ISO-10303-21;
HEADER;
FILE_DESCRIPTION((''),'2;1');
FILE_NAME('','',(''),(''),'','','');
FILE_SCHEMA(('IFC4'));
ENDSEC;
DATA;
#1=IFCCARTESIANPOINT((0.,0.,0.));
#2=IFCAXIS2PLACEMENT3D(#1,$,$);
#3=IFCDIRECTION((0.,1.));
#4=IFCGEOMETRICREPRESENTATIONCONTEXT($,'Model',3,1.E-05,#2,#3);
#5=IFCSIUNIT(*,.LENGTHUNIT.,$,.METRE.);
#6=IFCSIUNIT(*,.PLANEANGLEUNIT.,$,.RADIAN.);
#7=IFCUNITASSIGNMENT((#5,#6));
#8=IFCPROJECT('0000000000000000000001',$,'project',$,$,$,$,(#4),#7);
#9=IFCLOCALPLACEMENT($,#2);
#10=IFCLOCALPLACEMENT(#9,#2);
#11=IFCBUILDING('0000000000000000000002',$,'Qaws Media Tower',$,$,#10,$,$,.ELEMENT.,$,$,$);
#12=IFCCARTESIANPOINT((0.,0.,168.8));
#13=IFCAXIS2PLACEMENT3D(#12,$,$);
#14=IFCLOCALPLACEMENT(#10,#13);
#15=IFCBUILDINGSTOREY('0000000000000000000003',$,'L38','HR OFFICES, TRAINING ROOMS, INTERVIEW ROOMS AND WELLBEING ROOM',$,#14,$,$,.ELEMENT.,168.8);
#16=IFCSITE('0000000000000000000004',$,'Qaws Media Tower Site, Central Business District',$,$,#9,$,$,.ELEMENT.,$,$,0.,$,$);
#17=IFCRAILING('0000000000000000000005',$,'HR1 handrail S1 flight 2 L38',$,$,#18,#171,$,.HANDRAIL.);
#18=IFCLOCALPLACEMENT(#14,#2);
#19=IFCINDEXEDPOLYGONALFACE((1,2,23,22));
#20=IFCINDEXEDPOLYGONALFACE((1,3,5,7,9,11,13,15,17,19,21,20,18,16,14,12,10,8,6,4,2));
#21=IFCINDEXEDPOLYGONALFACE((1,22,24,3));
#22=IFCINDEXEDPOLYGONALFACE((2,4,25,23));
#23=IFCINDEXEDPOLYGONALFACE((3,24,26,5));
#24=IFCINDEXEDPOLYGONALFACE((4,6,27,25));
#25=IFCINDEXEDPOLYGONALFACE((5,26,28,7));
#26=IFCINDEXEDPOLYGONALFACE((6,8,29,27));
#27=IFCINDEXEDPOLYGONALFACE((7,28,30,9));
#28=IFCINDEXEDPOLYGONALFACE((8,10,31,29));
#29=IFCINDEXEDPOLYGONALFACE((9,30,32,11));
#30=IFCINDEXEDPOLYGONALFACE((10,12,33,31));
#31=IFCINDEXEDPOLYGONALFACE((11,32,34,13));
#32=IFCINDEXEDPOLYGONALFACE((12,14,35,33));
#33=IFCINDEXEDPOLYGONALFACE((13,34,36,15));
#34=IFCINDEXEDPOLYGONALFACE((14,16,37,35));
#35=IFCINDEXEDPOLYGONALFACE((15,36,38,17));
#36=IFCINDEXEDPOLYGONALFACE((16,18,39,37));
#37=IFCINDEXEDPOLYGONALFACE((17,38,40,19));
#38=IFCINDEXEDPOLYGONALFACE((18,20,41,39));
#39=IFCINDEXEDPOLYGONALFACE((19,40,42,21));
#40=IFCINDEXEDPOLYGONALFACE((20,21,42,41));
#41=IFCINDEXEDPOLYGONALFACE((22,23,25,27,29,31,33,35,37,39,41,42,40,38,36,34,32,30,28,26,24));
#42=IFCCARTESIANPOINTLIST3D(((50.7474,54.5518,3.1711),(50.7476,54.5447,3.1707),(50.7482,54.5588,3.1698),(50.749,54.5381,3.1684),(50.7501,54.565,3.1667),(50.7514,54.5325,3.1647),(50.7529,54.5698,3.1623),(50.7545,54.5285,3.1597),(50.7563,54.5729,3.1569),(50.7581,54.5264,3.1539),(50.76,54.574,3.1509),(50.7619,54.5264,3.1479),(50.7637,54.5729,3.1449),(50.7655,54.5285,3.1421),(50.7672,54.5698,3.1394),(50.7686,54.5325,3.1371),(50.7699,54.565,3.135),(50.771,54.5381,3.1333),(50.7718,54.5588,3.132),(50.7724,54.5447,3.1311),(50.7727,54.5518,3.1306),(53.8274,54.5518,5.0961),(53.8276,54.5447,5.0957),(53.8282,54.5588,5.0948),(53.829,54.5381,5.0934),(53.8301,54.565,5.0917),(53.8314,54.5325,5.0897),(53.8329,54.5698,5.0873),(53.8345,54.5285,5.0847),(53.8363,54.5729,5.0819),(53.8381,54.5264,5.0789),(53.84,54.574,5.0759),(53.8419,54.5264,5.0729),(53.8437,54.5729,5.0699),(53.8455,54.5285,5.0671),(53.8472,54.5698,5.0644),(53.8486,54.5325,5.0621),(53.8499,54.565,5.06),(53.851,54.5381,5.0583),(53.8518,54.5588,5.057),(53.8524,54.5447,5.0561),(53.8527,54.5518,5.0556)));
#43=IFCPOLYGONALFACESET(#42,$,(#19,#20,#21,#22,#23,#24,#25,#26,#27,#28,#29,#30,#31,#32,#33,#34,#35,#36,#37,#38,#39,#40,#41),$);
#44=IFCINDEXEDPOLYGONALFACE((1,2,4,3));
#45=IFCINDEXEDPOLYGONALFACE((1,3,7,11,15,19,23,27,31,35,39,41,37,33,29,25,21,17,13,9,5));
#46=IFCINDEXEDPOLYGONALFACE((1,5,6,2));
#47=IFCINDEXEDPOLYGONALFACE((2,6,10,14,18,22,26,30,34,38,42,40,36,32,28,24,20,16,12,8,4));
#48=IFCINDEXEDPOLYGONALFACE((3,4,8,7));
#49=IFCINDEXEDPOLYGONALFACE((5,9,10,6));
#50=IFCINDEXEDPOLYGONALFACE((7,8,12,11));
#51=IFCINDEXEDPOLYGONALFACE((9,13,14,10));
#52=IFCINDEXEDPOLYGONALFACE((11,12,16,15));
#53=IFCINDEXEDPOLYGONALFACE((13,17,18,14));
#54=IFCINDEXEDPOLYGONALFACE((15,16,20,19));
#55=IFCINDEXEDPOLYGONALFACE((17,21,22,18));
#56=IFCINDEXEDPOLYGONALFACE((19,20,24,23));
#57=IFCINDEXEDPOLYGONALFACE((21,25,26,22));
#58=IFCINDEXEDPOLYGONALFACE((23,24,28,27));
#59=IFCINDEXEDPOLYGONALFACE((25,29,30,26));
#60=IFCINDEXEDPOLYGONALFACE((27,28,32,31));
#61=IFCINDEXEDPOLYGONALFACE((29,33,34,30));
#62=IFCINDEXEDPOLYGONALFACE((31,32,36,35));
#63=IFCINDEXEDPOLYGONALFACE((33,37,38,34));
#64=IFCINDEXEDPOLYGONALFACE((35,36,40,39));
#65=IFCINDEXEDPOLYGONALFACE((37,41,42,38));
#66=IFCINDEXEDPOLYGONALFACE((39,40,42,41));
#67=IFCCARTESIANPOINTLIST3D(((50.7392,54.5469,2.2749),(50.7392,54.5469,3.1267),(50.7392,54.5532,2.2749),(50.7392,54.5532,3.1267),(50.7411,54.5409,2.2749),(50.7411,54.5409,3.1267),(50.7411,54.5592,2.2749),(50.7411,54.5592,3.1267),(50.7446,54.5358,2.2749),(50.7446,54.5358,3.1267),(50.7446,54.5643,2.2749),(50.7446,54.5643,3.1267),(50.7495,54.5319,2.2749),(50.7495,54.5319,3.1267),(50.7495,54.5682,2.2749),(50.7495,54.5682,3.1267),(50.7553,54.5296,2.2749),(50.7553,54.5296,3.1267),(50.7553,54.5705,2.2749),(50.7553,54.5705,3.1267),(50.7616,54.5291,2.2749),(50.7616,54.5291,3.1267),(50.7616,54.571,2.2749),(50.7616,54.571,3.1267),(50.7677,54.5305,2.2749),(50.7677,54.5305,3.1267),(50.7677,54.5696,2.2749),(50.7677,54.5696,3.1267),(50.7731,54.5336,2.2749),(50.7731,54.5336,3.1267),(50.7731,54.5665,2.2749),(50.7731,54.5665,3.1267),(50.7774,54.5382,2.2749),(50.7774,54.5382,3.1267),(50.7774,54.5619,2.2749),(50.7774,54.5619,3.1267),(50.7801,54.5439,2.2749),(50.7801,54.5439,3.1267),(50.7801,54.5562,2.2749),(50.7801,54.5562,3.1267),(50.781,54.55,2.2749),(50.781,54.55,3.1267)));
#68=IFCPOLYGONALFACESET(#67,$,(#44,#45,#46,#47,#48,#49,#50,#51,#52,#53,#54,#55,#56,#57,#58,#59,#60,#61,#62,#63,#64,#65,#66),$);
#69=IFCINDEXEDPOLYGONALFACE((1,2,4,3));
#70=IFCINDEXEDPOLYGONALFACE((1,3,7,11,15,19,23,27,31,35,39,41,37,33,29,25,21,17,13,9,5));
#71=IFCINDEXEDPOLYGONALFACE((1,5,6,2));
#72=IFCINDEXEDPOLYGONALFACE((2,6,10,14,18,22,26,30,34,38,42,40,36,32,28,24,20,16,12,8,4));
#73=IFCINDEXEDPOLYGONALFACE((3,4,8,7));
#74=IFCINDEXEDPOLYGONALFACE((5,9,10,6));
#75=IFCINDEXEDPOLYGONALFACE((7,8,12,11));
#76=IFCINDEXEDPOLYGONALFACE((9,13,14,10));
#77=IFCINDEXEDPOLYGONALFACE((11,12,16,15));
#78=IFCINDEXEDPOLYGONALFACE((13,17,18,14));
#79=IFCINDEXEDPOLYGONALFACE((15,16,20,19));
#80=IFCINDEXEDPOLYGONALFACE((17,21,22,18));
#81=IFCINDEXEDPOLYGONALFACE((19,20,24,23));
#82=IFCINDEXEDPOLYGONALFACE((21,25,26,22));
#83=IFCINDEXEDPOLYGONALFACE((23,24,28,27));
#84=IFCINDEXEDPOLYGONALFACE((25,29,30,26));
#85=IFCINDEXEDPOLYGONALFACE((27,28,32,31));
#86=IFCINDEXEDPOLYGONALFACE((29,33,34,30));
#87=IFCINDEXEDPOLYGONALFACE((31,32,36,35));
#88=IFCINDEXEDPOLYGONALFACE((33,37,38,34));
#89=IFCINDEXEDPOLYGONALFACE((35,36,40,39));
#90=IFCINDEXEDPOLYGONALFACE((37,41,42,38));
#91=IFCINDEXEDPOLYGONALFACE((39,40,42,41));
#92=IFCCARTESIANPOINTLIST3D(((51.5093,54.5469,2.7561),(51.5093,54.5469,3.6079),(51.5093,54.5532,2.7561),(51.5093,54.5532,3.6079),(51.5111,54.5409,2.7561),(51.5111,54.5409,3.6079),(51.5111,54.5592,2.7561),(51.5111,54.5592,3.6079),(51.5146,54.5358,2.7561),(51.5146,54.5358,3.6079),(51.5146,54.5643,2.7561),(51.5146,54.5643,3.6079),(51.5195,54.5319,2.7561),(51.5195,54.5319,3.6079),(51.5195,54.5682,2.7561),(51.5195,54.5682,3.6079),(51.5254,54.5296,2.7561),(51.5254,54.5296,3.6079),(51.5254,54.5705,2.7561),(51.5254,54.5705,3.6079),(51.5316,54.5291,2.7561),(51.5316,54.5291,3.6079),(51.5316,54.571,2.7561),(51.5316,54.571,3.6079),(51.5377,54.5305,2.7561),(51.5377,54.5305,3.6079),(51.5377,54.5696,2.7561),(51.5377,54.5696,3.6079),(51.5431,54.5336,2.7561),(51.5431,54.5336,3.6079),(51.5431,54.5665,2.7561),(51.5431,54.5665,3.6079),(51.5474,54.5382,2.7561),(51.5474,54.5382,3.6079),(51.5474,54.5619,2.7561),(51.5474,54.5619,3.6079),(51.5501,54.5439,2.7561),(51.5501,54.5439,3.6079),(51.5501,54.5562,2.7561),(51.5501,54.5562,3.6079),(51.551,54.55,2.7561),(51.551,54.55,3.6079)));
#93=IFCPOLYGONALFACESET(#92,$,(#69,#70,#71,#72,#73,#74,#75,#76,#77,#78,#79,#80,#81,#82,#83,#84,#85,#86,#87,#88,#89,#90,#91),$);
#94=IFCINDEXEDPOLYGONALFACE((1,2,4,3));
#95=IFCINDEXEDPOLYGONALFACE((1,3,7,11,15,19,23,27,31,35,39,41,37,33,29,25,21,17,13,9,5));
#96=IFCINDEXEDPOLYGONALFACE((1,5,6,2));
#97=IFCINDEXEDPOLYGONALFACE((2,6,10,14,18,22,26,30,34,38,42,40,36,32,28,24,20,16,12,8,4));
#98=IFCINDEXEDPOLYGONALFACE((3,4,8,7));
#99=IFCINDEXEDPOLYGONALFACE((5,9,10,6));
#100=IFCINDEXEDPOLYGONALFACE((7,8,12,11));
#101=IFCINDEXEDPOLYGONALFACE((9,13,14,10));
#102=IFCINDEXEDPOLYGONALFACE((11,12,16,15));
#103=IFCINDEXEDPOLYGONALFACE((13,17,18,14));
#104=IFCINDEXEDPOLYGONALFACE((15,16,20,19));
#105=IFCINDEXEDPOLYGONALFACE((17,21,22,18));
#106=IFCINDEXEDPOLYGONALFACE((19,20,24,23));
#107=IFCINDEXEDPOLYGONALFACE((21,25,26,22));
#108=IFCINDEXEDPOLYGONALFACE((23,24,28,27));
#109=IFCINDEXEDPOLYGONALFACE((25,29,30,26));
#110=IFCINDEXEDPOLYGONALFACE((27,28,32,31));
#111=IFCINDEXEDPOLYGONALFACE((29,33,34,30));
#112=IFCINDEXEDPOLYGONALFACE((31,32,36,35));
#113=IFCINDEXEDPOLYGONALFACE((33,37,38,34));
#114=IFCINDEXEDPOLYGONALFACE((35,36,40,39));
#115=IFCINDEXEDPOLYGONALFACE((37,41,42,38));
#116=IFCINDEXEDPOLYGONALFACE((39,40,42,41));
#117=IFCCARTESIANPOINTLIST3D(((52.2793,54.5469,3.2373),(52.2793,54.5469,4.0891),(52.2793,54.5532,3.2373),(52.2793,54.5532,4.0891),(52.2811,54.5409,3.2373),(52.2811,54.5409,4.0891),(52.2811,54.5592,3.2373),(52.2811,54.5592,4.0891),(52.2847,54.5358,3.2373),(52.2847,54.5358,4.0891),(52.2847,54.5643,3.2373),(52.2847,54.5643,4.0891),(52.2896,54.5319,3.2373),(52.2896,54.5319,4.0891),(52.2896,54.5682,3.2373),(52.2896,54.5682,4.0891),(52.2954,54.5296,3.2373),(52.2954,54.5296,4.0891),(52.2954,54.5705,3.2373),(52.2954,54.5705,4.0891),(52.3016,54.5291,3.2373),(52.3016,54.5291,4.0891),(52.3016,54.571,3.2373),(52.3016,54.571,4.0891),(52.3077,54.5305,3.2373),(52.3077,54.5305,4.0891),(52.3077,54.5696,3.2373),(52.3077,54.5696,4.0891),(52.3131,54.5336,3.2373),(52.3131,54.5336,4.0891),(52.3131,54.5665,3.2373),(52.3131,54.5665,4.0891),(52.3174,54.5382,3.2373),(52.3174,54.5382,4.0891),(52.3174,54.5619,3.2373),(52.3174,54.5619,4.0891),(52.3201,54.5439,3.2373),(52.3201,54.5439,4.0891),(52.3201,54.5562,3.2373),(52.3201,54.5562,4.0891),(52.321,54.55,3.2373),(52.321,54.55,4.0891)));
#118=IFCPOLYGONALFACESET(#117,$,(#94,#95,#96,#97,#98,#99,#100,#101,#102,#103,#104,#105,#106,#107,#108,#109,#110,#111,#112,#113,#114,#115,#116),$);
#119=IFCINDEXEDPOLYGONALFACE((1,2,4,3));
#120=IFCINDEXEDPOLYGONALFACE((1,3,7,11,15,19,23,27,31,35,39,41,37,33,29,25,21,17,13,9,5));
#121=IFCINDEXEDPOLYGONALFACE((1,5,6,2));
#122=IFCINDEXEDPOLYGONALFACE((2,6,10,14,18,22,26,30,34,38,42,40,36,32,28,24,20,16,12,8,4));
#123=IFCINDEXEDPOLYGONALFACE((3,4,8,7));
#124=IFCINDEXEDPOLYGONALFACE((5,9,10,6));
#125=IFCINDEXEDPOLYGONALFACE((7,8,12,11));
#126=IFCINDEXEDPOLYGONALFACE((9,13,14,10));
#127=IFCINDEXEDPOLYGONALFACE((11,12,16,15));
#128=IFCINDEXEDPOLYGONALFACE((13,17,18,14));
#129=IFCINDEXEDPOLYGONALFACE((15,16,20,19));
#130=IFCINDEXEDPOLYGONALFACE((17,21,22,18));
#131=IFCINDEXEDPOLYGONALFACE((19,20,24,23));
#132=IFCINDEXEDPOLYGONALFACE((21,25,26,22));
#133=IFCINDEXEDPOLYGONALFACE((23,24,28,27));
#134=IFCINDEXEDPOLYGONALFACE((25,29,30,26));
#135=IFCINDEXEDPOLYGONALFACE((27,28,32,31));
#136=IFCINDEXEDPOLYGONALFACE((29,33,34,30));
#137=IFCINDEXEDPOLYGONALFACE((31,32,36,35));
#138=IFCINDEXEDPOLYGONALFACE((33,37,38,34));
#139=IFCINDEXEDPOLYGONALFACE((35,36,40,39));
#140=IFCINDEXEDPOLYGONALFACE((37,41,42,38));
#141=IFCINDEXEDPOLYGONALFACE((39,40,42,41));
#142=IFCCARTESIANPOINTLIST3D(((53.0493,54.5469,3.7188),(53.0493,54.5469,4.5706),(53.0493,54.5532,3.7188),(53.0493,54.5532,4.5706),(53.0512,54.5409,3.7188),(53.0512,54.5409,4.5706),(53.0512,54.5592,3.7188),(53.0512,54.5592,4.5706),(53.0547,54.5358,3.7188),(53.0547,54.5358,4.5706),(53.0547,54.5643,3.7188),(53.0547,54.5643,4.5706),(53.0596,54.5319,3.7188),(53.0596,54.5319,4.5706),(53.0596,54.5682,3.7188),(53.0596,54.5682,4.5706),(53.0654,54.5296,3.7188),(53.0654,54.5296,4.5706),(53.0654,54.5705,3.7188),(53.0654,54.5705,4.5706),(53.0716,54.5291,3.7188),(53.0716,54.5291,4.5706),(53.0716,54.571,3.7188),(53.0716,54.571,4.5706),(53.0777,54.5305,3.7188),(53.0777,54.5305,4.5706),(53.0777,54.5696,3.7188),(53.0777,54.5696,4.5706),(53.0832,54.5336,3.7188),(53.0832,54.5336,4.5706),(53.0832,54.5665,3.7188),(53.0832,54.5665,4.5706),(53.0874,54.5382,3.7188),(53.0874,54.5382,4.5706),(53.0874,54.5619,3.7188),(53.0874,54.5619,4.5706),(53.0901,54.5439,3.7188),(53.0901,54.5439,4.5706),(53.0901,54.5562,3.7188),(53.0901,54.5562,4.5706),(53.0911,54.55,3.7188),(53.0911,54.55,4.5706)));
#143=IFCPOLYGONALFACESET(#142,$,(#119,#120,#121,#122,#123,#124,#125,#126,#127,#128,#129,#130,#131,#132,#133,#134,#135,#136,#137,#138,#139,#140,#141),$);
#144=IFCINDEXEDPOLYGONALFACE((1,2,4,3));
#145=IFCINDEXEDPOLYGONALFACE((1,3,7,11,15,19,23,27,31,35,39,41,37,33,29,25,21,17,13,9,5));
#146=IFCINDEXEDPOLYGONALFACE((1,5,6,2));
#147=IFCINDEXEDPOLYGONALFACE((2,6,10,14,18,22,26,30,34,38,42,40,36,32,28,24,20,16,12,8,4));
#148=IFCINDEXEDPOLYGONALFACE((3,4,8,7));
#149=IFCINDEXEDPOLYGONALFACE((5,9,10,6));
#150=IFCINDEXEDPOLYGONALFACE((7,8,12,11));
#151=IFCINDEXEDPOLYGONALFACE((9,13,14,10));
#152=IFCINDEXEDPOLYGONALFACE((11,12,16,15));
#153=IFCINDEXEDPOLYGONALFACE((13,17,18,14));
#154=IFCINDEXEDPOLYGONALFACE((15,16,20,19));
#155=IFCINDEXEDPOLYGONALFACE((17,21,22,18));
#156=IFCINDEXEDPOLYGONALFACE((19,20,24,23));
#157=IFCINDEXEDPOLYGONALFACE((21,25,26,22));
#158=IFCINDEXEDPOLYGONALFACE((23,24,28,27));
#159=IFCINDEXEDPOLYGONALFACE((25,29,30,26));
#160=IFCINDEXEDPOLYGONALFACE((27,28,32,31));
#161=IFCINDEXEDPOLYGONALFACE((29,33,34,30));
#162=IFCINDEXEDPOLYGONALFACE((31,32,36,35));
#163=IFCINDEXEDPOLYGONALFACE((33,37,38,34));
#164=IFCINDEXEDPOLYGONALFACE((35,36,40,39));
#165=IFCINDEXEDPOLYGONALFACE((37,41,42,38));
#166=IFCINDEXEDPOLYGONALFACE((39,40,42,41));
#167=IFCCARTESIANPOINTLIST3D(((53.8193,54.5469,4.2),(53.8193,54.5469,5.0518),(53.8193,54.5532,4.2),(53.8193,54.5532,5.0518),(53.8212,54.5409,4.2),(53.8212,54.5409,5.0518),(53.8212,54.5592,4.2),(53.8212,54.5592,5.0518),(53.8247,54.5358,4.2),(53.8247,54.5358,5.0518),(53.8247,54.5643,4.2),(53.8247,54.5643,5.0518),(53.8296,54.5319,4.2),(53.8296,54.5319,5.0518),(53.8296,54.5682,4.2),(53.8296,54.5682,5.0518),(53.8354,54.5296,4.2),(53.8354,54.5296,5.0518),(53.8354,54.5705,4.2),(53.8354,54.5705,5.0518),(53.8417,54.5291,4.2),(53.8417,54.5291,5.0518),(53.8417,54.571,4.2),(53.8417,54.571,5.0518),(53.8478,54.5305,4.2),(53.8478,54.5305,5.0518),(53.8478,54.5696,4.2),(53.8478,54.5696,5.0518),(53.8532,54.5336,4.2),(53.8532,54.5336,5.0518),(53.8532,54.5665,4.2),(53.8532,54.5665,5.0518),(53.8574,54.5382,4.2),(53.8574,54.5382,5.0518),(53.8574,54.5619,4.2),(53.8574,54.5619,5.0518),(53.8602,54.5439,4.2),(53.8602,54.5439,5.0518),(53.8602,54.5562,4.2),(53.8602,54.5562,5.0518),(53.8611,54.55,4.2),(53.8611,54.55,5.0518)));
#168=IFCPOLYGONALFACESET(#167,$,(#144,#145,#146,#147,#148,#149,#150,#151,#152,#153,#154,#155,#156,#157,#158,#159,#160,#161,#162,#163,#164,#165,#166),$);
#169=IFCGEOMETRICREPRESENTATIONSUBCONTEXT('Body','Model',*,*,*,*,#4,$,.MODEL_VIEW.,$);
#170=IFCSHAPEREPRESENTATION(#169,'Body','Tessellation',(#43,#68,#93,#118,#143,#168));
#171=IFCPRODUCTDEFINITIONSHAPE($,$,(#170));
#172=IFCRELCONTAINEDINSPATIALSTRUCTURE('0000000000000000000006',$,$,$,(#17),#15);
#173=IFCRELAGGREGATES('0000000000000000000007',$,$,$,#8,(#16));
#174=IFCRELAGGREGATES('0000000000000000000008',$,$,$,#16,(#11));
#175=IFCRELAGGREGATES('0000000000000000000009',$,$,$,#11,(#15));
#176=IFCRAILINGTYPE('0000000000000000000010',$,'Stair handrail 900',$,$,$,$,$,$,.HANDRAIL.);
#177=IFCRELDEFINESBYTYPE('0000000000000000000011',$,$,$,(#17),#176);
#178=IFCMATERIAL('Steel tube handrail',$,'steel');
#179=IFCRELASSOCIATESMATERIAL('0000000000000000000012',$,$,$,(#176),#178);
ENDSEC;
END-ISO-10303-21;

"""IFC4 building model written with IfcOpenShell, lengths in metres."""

from ifc_helpers import new_model, si_unit, direction, frame, origin, origin_2d, place, context, subcontext, project, spatial, circle, extrude, material, type_object, element, save


model = new_model("IFC4")

# Units and contexts
model_context = context("Model", 3, precision=1e-05, world=origin(), true_north=direction((0.0, 1.0)))
body_context = subcontext(model_context, "Body", "Model", "MODEL_VIEW")
ifc_project = project(units=[si_unit("LENGTHUNIT", "METRE"), si_unit("PLANEANGLEUNIT", "RADIAN")], contexts=[model_context])

# Site, building, storey
site_placement = place(None, origin())
site = spatial("IfcSite", under=ifc_project, at=site_placement, Name="Qaws Media Tower Site, Central Business District", CompositionType="ELEMENT", RefElevation=0.0)
building_placement = place(site_placement, origin())
building = spatial("IfcBuilding", under=site, at=building_placement, Name="Qaws Media Tower", CompositionType="ELEMENT")
storey_placement = place(building_placement, frame((0.0, 0.0, 168.8)))
storey = spatial("IfcBuildingStorey", under=building, at=storey_placement, Name="L38", Description="HR OFFICES, TRAINING ROOMS, INTERVIEW ROOMS AND WELLBEING ROOM", CompositionType="ELEMENT", Elevation=168.8)

# Railing
ifc_material_1 = material(Name="Steel tube handrail", Category="steel")
railing_type = type_object("IfcRailingType", Name="Stair handrail 900", PredefinedType="HANDRAIL", material=ifc_material_1)
for number, where, name in (
    (1, (50.76, 54.55, 2.2749), "HR1 handrail S1 flight 2 L38"),
):
    element("IfcRailing", number, at=place(storey_placement, frame(where)), inside=storey, type_object=railing_type, Name=name, PredefinedType="HANDRAIL", context=body_context, shape_type="SweptSolid", body=[
        extrude(circle(Radius=0.0239, at=origin_2d()), frame((0.0, 0.0, 0.876), z_axis=(0.847998, 0.0, 0.529999), x_axis=(0.0, 1.0, 0.0)), (0.0, 0.0, 1.0), 3.6321),
        extrude(circle(Radius=0.021, at=origin_2d()), origin(), (0.0, 0.0, 1.0), 0.8518),
        extrude(circle(Radius=0.021, at=origin_2d()), frame((0.77, 0.0, 0.4812)), (0.0, 0.0, 1.0), 0.8518),
        extrude(circle(Radius=0.021, at=origin_2d()), frame((1.54, 0.0, 0.9624)), (0.0, 0.0, 1.0), 0.8518),
        extrude(circle(Radius=0.021, at=origin_2d()), frame((2.3101, 0.0, 1.4438)), (0.0, 0.0, 1.0), 0.8518),
        extrude(circle(Radius=0.021, at=origin_2d()), frame((3.0801, 0.0, 1.925)), (0.0, 0.0, 1.0), 0.8518),
    ])

save(model, "model.ifc")
